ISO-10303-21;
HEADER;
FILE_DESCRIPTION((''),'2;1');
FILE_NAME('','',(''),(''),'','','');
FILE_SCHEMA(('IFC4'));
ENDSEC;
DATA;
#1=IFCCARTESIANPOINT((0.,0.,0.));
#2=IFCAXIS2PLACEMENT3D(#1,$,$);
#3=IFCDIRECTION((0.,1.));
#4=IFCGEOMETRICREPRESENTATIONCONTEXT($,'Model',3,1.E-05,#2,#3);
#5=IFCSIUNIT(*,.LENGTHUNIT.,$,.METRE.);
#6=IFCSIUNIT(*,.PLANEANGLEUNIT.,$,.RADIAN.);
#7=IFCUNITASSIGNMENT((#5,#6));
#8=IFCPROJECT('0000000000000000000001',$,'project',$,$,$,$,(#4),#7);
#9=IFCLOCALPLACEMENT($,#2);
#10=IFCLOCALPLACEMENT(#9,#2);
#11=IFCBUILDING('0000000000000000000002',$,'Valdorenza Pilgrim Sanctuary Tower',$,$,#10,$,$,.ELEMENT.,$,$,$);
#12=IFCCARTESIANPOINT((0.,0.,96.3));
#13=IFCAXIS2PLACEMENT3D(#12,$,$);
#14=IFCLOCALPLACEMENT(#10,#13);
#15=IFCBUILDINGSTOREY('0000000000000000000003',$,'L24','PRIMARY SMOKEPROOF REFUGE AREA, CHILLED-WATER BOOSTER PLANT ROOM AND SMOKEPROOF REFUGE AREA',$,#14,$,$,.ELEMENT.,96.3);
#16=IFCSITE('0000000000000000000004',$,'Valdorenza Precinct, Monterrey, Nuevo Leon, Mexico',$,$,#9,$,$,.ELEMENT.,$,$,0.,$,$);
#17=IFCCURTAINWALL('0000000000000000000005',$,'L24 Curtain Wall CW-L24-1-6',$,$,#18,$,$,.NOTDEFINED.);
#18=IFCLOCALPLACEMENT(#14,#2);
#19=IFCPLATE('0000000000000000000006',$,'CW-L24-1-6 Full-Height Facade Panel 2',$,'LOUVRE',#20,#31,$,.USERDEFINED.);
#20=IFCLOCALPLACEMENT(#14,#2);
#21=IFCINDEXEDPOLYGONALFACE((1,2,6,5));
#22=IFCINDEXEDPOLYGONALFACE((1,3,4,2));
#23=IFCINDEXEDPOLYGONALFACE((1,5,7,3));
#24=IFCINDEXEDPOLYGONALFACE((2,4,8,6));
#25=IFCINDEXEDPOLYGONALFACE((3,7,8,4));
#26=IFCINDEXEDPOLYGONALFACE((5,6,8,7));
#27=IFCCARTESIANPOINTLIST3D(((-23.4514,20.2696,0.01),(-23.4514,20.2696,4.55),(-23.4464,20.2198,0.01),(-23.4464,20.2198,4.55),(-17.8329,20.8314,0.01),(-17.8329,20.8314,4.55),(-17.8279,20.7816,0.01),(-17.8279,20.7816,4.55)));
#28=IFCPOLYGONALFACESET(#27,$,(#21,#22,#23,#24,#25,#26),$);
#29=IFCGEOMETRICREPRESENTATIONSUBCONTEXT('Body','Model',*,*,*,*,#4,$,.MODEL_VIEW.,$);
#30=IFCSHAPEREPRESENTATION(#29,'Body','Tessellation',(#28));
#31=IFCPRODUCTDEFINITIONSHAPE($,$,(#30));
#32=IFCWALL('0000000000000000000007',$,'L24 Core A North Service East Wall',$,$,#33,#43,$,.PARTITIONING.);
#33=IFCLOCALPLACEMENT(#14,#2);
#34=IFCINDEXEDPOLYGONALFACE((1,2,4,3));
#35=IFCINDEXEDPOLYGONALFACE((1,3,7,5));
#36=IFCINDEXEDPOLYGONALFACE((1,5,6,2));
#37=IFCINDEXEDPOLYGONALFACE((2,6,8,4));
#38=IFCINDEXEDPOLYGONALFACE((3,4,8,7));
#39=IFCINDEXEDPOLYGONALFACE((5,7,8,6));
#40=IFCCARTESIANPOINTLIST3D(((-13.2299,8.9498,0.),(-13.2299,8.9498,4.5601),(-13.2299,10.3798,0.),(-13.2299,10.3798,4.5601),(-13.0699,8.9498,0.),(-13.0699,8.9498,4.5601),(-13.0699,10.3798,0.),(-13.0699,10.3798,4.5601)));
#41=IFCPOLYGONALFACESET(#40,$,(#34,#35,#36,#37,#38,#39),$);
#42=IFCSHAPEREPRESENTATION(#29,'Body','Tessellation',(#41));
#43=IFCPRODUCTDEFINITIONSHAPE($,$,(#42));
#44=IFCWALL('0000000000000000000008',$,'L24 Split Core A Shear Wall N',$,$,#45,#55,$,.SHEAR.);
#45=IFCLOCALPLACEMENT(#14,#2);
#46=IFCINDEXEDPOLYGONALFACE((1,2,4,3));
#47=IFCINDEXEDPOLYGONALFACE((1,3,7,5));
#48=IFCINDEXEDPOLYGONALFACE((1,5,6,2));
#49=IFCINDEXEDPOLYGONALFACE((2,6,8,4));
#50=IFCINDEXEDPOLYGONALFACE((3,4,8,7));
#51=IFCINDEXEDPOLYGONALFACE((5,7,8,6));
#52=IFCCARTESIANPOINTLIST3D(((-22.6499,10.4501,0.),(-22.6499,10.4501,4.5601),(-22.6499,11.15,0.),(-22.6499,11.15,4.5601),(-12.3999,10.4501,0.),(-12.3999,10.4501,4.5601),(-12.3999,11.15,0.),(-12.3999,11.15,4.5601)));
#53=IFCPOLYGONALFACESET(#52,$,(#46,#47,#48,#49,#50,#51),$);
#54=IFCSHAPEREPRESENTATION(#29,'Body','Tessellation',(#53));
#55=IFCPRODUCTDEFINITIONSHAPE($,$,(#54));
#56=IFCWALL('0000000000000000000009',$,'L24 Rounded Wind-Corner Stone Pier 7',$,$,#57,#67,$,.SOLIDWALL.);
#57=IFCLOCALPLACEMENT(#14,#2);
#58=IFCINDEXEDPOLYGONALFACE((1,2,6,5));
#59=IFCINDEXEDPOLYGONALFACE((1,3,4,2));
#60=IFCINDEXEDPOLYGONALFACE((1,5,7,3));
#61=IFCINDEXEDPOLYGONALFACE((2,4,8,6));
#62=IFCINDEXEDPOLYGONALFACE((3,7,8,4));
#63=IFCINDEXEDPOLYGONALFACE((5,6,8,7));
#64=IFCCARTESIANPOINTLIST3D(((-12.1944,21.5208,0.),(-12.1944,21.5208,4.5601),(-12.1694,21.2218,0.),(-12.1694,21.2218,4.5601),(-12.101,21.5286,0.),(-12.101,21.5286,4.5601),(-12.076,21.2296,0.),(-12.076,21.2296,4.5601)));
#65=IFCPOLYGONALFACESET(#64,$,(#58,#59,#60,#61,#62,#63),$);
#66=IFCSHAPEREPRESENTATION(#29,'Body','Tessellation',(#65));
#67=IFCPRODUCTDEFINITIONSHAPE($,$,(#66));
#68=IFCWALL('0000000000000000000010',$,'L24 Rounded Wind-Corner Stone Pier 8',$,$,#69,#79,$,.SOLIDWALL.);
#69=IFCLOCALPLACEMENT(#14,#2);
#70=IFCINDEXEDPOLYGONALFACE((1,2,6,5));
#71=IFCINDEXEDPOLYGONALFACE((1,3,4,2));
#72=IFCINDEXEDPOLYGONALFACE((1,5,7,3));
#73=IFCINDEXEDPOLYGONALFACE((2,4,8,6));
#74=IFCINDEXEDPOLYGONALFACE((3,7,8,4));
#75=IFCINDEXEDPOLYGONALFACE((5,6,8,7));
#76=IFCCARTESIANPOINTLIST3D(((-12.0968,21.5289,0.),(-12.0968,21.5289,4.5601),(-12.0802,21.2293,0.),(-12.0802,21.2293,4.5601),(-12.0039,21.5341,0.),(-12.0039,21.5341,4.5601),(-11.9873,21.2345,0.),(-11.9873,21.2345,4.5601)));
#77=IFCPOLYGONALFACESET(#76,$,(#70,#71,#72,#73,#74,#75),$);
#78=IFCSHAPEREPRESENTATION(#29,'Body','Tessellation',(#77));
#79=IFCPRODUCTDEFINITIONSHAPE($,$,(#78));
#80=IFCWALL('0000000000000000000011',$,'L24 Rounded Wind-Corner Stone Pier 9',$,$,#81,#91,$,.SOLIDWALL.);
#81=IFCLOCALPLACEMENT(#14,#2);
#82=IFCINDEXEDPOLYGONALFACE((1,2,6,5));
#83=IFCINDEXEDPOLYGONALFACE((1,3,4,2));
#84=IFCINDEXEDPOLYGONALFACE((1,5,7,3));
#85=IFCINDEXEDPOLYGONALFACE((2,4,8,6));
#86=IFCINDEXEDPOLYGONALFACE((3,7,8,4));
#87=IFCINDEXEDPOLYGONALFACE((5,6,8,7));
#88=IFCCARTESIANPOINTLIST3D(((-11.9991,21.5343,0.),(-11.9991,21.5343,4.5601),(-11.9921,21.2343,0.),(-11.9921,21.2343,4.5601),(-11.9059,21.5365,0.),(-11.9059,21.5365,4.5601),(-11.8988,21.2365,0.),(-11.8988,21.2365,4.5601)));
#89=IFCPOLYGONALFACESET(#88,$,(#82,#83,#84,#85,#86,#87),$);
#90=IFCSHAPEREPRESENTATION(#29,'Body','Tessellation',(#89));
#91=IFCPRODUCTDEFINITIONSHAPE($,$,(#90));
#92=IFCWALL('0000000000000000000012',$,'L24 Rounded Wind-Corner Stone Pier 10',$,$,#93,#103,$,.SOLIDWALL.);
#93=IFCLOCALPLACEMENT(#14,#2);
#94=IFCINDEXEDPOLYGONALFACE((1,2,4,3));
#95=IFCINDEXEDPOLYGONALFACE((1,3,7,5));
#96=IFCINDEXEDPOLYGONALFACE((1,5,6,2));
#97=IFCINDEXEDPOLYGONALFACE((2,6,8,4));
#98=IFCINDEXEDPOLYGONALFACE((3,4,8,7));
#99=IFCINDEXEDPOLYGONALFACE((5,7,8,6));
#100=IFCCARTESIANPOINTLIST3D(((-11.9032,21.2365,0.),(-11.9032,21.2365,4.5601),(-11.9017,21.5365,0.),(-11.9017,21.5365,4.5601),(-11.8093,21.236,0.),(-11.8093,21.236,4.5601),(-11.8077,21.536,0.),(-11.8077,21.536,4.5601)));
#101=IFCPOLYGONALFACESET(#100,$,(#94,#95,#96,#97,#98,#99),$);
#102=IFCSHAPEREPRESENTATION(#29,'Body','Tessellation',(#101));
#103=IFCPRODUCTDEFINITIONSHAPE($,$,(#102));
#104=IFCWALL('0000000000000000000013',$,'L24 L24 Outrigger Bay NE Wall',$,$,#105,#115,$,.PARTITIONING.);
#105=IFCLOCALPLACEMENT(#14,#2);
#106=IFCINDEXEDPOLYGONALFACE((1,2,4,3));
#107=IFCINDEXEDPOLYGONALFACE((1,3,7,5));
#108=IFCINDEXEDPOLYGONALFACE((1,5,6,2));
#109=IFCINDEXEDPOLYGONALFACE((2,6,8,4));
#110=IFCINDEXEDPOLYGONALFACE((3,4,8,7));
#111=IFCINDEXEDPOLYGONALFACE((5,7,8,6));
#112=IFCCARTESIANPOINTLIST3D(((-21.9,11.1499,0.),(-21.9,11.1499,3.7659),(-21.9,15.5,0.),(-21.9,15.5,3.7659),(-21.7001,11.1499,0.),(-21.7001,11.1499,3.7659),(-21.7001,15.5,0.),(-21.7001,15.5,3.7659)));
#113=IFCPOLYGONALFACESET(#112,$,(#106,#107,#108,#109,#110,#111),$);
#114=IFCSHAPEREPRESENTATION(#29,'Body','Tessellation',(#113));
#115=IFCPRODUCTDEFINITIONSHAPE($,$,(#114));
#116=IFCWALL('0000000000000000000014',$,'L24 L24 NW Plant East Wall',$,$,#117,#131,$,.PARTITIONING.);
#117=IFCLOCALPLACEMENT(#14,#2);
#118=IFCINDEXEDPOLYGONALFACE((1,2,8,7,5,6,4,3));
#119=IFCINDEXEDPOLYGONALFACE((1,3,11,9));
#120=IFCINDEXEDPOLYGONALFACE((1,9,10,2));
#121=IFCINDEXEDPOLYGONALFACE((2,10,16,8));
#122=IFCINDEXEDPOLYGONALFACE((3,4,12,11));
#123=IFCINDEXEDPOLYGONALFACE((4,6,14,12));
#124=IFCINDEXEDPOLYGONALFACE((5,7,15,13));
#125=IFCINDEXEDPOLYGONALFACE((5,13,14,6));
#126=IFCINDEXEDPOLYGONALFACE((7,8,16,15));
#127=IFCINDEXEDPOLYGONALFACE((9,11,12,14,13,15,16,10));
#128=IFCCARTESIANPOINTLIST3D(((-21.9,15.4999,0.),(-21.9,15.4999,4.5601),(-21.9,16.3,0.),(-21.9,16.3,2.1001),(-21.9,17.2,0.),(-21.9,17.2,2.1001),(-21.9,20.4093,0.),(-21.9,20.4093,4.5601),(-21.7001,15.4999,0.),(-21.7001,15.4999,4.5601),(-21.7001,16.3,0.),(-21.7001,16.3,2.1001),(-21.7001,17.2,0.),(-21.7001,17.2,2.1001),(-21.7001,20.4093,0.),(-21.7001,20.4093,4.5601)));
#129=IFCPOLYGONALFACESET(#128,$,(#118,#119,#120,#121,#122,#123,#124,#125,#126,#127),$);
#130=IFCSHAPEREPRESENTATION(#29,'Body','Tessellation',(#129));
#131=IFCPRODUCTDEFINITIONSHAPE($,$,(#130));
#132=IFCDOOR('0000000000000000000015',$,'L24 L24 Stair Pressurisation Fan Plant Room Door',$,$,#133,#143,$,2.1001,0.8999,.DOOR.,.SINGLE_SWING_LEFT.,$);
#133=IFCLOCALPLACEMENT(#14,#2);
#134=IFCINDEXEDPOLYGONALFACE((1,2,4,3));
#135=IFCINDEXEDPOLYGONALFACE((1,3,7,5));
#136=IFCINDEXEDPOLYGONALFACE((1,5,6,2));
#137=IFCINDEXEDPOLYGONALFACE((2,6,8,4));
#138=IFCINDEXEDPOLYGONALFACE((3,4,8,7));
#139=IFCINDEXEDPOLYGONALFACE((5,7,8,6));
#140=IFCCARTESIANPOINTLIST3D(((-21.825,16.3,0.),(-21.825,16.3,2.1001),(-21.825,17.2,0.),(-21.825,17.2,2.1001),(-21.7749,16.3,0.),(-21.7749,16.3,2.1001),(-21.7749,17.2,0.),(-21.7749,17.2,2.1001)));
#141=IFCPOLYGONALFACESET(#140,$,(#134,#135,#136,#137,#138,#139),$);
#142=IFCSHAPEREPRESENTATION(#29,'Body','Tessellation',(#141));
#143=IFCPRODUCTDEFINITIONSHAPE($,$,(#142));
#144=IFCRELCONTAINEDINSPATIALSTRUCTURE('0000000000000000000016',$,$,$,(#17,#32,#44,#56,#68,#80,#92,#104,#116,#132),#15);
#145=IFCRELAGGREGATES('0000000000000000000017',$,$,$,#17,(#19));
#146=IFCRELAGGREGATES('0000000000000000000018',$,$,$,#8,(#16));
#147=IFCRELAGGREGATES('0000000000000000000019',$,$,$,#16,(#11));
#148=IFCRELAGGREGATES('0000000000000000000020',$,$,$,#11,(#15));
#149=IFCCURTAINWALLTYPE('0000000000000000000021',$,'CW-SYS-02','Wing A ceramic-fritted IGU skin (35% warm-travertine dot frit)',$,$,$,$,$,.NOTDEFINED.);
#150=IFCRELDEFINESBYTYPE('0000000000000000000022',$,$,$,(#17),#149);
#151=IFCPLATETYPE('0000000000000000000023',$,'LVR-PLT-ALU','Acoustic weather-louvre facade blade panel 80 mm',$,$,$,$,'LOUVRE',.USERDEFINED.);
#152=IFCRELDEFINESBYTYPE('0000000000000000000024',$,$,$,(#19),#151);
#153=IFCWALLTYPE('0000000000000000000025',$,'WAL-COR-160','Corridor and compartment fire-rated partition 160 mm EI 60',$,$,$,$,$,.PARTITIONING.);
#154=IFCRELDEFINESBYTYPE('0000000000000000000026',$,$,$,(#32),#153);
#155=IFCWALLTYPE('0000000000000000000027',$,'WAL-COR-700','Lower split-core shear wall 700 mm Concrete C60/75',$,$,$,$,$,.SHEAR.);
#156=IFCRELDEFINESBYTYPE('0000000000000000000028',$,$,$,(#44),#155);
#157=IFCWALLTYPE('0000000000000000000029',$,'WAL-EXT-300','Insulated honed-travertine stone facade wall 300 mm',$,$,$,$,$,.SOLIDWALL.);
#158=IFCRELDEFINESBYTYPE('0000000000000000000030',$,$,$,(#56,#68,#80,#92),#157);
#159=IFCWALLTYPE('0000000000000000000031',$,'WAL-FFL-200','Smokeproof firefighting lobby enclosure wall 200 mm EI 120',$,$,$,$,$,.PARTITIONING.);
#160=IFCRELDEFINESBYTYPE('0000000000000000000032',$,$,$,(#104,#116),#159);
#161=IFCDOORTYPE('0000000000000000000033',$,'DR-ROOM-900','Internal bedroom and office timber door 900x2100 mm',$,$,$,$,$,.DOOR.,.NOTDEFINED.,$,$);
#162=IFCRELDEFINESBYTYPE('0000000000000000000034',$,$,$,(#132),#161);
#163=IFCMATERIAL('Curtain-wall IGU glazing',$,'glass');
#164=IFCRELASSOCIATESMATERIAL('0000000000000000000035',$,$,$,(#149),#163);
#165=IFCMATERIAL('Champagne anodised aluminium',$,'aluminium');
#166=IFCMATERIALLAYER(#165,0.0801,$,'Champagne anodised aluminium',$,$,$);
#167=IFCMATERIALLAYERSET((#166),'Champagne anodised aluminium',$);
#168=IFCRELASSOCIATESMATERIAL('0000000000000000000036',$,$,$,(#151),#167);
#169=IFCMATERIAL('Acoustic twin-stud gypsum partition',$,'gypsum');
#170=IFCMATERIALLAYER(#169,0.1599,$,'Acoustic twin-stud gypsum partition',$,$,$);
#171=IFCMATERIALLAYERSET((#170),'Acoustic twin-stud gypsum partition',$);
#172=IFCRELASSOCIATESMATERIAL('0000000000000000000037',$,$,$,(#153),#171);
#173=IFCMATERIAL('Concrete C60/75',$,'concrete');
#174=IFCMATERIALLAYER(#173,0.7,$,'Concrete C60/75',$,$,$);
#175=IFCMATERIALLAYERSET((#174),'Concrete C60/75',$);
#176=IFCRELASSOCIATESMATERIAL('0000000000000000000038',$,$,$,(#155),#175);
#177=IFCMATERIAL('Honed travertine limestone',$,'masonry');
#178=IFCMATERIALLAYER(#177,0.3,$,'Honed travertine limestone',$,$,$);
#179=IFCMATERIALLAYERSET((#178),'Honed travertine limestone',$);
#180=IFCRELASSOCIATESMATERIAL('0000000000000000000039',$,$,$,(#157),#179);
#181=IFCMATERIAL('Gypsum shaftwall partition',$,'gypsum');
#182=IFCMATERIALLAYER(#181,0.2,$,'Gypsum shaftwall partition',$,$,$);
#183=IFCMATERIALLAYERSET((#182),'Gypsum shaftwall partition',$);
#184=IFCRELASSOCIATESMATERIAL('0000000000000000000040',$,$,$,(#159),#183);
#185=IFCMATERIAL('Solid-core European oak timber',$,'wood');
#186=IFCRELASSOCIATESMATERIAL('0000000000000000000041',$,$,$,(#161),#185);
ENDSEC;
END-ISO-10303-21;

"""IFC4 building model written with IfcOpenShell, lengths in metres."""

from ifc_helpers import new_model, si_unit, direction, frame, frame_2d, origin, origin_2d, place, context, subcontext, project, spatial, rectangle, extrude, source, transform, mapped, material, layer, layer_set, type_object, element, fill, aggregate, save


model = new_model("IFC4")

# Units and contexts
model_context = context("Model", 3, precision=1e-05, world=origin(), true_north=direction((0.0, 1.0)))
body_context = subcontext(model_context, "Body", "Model", "MODEL_VIEW")
ifc_project = project(units=[si_unit("LENGTHUNIT", "METRE"), si_unit("PLANEANGLEUNIT", "RADIAN")], contexts=[model_context])

# Site, building, storey
site_placement = place(None, origin())
site = spatial("IfcSite", under=ifc_project, at=site_placement, Name="Valdorenza Precinct, Monterrey, Nuevo Leon, Mexico", CompositionType="ELEMENT", RefElevation=0.0)
building_placement = place(site_placement, origin())
building = spatial("IfcBuilding", under=site, at=building_placement, Name="Valdorenza Pilgrim Sanctuary Tower", CompositionType="ELEMENT")
storey_placement = place(building_placement, frame((0.0, 0.0, 96.3)))
storey = spatial("IfcBuildingStorey", under=building, at=storey_placement, Name="L24", Description="PRIMARY SMOKEPROOF REFUGE AREA, CHILLED-WATER BOOSTER PLANT ROOM AND SMOKEPROOF REFUGE AREA", CompositionType="ELEMENT", Elevation=96.3)

# Shared definitions
ifc_material_1 = material(Name="Concrete C60/75", Category="concrete")

# Shared definitions
ifc_material_2 = material(Name="Curtain-wall IGU glazing", Category="glass")
curtain_wall_type = type_object("IfcCurtainWallType", Name="CW-SYS-02", Description="Wing A ceramic-fritted IGU skin (35% warm-travertine dot frit)", PredefinedType="NOTDEFINED", material=ifc_material_2)

# Curtain wall
curtain_wall_1_placement = place(storey_placement, origin())
curtain_wall_1 = element("IfcCurtainWall", 1, at=curtain_wall_1_placement, inside=storey, type_object=curtain_wall_type, Name="L24 Curtain Wall CW-L24-1-6", PredefinedType="NOTDEFINED")

# Plate
ifc_material_3 = material(Name="Honed travertine limestone", Category="masonry")
ifc_material_4 = material(Name="Champagne anodised aluminium", Category="aluminium")
ifc_layer_1 = layer(ifc_material_4, 0.0801, Name="Champagne anodised aluminium")
ifc_layer_set_1 = layer_set([ifc_layer_1], Name="Champagne anodised aluminium")
plate_type_1 = type_object("IfcPlateType", Name="LVR-PLT-ALU", Description="Acoustic weather-louvre facade blade panel 80 mm", ElementType="LOUVRE", PredefinedType="USERDEFINED", material=ifc_layer_set_1)
shared_shape_1 = source(origin(), body_context, "Body", "SweptSolid", [
    extrude(rectangle(XDim=5.6465, YDim=0.05, at=origin_2d()), origin(), (0.0, 0.0, 1.0), 4.54),
])
plate_1_placement = place(storey_placement, frame((-20.6396, 20.5256, 0.01), z_axis=(0.0, 0.0, 1.0), x_axis=(0.995038, 0.099493, 0.0)))
plate_1 = element("IfcPlate", 2, at=plate_1_placement, type_object=plate_type_1, Name="CW-L24-1-6 Full-Height Facade Panel 2", ObjectType="LOUVRE", PredefinedType="USERDEFINED", context=body_context, shape_type="MappedRepresentation", body=[
    mapped(shared_shape_1, transform((0.0, 0.0, 0.0), x_axis=(1.0, 0.0, 0.0), y_axis=(0.0, 1.0, 0.0), z_axis=(0.0, 0.0, 1.0), scale=1.0)),
])
aggregate(curtain_wall_1, [plate_1])

# Walls
ifc_material_5 = material(Name="Acoustic twin-stud gypsum partition", Category="gypsum")
ifc_layer_2 = layer(ifc_material_5, 0.1599, Name="Acoustic twin-stud gypsum partition")
ifc_layer_set_2 = layer_set([ifc_layer_2], Name="Acoustic twin-stud gypsum partition")
wall_type_1 = type_object("IfcWallType", Name="WAL-COR-160", Description="Corridor and compartment fire-rated partition 160 mm EI 60", PredefinedType="PARTITIONING", material=ifc_layer_set_2)
wall_1_placement = place(storey_placement, frame((-13.1499, 8.95, 0.0), z_axis=(0.0, 0.0, 1.0), x_axis=(0.0, 1.0, 0.0)))
element("IfcWall", 3, at=wall_1_placement, inside=storey, type_object=wall_type_1, Name="L24 Core A North Service East Wall", PredefinedType="PARTITIONING", context=body_context, shape_type="SweptSolid", body=[
    extrude(rectangle(XDim=1.4299, YDim=0.1599, at=frame_2d((0.7148, 0.0))), origin(), (0.0, 0.0, 1.0), 4.5601),
])
ifc_layer_3 = layer(ifc_material_1, 0.7, Name="Concrete C60/75")
ifc_layer_set_3 = layer_set([ifc_layer_3], Name="Concrete C60/75")
wall_type_2 = type_object("IfcWallType", Name="WAL-COR-700", Description="Lower split-core shear wall 700 mm Concrete C60/75", PredefinedType="SHEAR", material=ifc_layer_set_3)
wall_2_placement = place(storey_placement, frame((-22.6499, 10.8, 0.0), z_axis=(0.0, 0.0, 1.0), x_axis=(1.0, 0.0, 0.0)))
element("IfcWall", 4, at=wall_2_placement, inside=storey, type_object=wall_type_2, Name="L24 Split Core A Shear Wall N", PredefinedType="SHEAR", context=body_context, shape_type="SweptSolid", body=[
    extrude(rectangle(XDim=10.25, YDim=0.7, at=frame_2d((5.125, 0.0))), origin(), (0.0, 0.0, 1.0), 4.5601),
])
ifc_layer_4 = layer(ifc_material_3, 0.3, Name="Honed travertine limestone")
ifc_layer_set_4 = layer_set([ifc_layer_4], Name="Honed travertine limestone")
wall_type_3 = type_object("IfcWallType", Name="WAL-EXT-300", Description="Insulated honed-travertine stone facade wall 300 mm", PredefinedType="SOLIDWALL", material=ifc_layer_set_4)
wall_3_placement = place(storey_placement, frame((-12.1819, 21.3713, 0.0), z_axis=(0.0, 0.0, 1.0), x_axis=(0.996528, 0.083261, 0.0)))
element("IfcWall", 5, at=wall_3_placement, inside=storey, type_object=wall_type_3, Name="L24 Rounded Wind-Corner Stone Pier 7", PredefinedType="SOLIDWALL", context=body_context, shape_type="SweptSolid", body=[
    extrude(rectangle(XDim=0.0938, YDim=0.3, at=frame_2d((0.0469, 0.0))), origin(), (0.0, 0.0, 1.0), 4.5601),
])
wall_4_placement = place(storey_placement, frame((-12.0884, 21.3792, 0.0), z_axis=(0.0, 0.0, 1.0), x_axis=(0.998476, 0.055179, 0.0)))
element("IfcWall", 6, at=wall_4_placement, inside=storey, type_object=wall_type_3, Name="L24 Rounded Wind-Corner Stone Pier 8", PredefinedType="SOLIDWALL", context=body_context, shape_type="SweptSolid", body=[
    extrude(rectangle(XDim=0.093, YDim=0.3, at=frame_2d((0.0464, 0.0))), origin(), (0.0, 0.0, 1.0), 4.5601),
])
wall_5_placement = place(storey_placement, frame((-11.9956, 21.3843, 0.0), z_axis=(0.0, 0.0, 1.0), x_axis=(0.999723, 0.023554, 0.0)))
element("IfcWall", 7, at=wall_5_placement, inside=storey, type_object=wall_type_3, Name="L24 Rounded Wind-Corner Stone Pier 9", PredefinedType="SOLIDWALL", context=body_context, shape_type="SweptSolid", body=[
    extrude(rectangle(XDim=0.0933, YDim=0.3, at=frame_2d((0.0466, 0.0))), origin(), (0.0, 0.0, 1.0), 4.5601),
])
wall_6_placement = place(storey_placement, frame((-11.9023, 21.3865, 0.0), z_axis=(0.0, 0.0, 1.0), x_axis=(0.999987, -0.005195, 0.0)))
element("IfcWall", 8, at=wall_6_placement, inside=storey, type_object=wall_type_3, Name="L24 Rounded Wind-Corner Stone Pier 10", PredefinedType="SOLIDWALL", context=body_context, shape_type="SweptSolid", body=[
    extrude(rectangle(XDim=0.094, YDim=0.3, at=frame_2d((0.0469, 0.0))), origin(), (0.0, 0.0, 1.0), 4.5601),
])
ifc_material_6 = material(Name="Gypsum shaftwall partition", Category="gypsum")
ifc_layer_5 = layer(ifc_material_6, 0.2, Name="Gypsum shaftwall partition")
ifc_layer_set_5 = layer_set([ifc_layer_5], Name="Gypsum shaftwall partition")
wall_type_4 = type_object("IfcWallType", Name="WAL-FFL-200", Description="Smokeproof firefighting lobby enclosure wall 200 mm EI 120", PredefinedType="PARTITIONING", material=ifc_layer_set_5)
wall_7_placement = place(storey_placement, frame((-21.8, 11.1499, 0.0), z_axis=(0.0, 0.0, 1.0), x_axis=(0.0, 1.0, 0.0)))
element("IfcWall", 9, at=wall_7_placement, inside=storey, type_object=wall_type_4, Name="L24 L24 Outrigger Bay NE Wall", PredefinedType="PARTITIONING", context=body_context, shape_type="SweptSolid", body=[
    extrude(rectangle(XDim=4.3501, YDim=0.2, at=frame_2d((2.175, 0.0))), origin(), (0.0, 0.0, 1.0), 3.7659),
])

# Wall, opening, door
wall_8_placement = place(storey_placement, frame((-21.8, 15.5, 0.0), z_axis=(0.0, 0.0, 1.0), x_axis=(0.0, 1.0, 0.0)))
wall_8 = element("IfcWall", 10, at=wall_8_placement, inside=storey, type_object=wall_type_4, Name="L24 L24 NW Plant East Wall", PredefinedType="PARTITIONING", context=body_context, shape_type="SweptSolid", body=[
    extrude(rectangle(XDim=4.9094, YDim=0.2, at=frame_2d((2.4546, 0.0))), origin(), (0.0, 0.0, 1.0), 4.5601),
])
opening_1_placement = place(wall_8_placement, frame((0.8, 0.0, 0.0)))
opening_1 = element("IfcOpeningElement", 11, at=opening_1_placement, cuts=wall_8, PredefinedType="OPENING", context=body_context, shape_type="SweptSolid", body=[
    extrude(rectangle(XDim=0.8999, YDim=2.1001, at=frame_2d((0.45, 1.05))), frame((0.0, 0.1147, 0.0), z_axis=(0.0, -1.0, 0.0), x_axis=(1.0, 0.0, 0.0)), (0.0, 0.0, 1.0), 0.2297),
])
ifc_material_7 = material(Name="Solid-core European oak timber", Category="wood")
door_type_1 = type_object("IfcDoorType", Name="DR-ROOM-900", Description="Internal bedroom and office timber door 900x2100 mm", OperationType="NOTDEFINED", PredefinedType="DOOR", material=ifc_material_7)
door_1_placement = place(opening_1_placement, origin())
door_1 = element("IfcDoor", 12, at=door_1_placement, inside=storey, type_object=door_type_1, Name="L24 L24 Stair Pressurisation Fan Plant Room Door", OperationType="SINGLE_SWING_LEFT", OverallHeight=2.1001, OverallWidth=0.8999, PredefinedType="DOOR", context=body_context, shape_type="SweptSolid", body=[
    extrude(rectangle(XDim=0.8999, YDim=2.1001, at=frame_2d((0.45, 1.05))), frame((0.0, 0.0249, 0.0), z_axis=(0.0, -1.0, 0.0), x_axis=(1.0, 0.0, 0.0)), (0.0, 0.0, 1.0), 0.05),
])
fill(opening_1, door_1)

save(model, "model.ifc")
